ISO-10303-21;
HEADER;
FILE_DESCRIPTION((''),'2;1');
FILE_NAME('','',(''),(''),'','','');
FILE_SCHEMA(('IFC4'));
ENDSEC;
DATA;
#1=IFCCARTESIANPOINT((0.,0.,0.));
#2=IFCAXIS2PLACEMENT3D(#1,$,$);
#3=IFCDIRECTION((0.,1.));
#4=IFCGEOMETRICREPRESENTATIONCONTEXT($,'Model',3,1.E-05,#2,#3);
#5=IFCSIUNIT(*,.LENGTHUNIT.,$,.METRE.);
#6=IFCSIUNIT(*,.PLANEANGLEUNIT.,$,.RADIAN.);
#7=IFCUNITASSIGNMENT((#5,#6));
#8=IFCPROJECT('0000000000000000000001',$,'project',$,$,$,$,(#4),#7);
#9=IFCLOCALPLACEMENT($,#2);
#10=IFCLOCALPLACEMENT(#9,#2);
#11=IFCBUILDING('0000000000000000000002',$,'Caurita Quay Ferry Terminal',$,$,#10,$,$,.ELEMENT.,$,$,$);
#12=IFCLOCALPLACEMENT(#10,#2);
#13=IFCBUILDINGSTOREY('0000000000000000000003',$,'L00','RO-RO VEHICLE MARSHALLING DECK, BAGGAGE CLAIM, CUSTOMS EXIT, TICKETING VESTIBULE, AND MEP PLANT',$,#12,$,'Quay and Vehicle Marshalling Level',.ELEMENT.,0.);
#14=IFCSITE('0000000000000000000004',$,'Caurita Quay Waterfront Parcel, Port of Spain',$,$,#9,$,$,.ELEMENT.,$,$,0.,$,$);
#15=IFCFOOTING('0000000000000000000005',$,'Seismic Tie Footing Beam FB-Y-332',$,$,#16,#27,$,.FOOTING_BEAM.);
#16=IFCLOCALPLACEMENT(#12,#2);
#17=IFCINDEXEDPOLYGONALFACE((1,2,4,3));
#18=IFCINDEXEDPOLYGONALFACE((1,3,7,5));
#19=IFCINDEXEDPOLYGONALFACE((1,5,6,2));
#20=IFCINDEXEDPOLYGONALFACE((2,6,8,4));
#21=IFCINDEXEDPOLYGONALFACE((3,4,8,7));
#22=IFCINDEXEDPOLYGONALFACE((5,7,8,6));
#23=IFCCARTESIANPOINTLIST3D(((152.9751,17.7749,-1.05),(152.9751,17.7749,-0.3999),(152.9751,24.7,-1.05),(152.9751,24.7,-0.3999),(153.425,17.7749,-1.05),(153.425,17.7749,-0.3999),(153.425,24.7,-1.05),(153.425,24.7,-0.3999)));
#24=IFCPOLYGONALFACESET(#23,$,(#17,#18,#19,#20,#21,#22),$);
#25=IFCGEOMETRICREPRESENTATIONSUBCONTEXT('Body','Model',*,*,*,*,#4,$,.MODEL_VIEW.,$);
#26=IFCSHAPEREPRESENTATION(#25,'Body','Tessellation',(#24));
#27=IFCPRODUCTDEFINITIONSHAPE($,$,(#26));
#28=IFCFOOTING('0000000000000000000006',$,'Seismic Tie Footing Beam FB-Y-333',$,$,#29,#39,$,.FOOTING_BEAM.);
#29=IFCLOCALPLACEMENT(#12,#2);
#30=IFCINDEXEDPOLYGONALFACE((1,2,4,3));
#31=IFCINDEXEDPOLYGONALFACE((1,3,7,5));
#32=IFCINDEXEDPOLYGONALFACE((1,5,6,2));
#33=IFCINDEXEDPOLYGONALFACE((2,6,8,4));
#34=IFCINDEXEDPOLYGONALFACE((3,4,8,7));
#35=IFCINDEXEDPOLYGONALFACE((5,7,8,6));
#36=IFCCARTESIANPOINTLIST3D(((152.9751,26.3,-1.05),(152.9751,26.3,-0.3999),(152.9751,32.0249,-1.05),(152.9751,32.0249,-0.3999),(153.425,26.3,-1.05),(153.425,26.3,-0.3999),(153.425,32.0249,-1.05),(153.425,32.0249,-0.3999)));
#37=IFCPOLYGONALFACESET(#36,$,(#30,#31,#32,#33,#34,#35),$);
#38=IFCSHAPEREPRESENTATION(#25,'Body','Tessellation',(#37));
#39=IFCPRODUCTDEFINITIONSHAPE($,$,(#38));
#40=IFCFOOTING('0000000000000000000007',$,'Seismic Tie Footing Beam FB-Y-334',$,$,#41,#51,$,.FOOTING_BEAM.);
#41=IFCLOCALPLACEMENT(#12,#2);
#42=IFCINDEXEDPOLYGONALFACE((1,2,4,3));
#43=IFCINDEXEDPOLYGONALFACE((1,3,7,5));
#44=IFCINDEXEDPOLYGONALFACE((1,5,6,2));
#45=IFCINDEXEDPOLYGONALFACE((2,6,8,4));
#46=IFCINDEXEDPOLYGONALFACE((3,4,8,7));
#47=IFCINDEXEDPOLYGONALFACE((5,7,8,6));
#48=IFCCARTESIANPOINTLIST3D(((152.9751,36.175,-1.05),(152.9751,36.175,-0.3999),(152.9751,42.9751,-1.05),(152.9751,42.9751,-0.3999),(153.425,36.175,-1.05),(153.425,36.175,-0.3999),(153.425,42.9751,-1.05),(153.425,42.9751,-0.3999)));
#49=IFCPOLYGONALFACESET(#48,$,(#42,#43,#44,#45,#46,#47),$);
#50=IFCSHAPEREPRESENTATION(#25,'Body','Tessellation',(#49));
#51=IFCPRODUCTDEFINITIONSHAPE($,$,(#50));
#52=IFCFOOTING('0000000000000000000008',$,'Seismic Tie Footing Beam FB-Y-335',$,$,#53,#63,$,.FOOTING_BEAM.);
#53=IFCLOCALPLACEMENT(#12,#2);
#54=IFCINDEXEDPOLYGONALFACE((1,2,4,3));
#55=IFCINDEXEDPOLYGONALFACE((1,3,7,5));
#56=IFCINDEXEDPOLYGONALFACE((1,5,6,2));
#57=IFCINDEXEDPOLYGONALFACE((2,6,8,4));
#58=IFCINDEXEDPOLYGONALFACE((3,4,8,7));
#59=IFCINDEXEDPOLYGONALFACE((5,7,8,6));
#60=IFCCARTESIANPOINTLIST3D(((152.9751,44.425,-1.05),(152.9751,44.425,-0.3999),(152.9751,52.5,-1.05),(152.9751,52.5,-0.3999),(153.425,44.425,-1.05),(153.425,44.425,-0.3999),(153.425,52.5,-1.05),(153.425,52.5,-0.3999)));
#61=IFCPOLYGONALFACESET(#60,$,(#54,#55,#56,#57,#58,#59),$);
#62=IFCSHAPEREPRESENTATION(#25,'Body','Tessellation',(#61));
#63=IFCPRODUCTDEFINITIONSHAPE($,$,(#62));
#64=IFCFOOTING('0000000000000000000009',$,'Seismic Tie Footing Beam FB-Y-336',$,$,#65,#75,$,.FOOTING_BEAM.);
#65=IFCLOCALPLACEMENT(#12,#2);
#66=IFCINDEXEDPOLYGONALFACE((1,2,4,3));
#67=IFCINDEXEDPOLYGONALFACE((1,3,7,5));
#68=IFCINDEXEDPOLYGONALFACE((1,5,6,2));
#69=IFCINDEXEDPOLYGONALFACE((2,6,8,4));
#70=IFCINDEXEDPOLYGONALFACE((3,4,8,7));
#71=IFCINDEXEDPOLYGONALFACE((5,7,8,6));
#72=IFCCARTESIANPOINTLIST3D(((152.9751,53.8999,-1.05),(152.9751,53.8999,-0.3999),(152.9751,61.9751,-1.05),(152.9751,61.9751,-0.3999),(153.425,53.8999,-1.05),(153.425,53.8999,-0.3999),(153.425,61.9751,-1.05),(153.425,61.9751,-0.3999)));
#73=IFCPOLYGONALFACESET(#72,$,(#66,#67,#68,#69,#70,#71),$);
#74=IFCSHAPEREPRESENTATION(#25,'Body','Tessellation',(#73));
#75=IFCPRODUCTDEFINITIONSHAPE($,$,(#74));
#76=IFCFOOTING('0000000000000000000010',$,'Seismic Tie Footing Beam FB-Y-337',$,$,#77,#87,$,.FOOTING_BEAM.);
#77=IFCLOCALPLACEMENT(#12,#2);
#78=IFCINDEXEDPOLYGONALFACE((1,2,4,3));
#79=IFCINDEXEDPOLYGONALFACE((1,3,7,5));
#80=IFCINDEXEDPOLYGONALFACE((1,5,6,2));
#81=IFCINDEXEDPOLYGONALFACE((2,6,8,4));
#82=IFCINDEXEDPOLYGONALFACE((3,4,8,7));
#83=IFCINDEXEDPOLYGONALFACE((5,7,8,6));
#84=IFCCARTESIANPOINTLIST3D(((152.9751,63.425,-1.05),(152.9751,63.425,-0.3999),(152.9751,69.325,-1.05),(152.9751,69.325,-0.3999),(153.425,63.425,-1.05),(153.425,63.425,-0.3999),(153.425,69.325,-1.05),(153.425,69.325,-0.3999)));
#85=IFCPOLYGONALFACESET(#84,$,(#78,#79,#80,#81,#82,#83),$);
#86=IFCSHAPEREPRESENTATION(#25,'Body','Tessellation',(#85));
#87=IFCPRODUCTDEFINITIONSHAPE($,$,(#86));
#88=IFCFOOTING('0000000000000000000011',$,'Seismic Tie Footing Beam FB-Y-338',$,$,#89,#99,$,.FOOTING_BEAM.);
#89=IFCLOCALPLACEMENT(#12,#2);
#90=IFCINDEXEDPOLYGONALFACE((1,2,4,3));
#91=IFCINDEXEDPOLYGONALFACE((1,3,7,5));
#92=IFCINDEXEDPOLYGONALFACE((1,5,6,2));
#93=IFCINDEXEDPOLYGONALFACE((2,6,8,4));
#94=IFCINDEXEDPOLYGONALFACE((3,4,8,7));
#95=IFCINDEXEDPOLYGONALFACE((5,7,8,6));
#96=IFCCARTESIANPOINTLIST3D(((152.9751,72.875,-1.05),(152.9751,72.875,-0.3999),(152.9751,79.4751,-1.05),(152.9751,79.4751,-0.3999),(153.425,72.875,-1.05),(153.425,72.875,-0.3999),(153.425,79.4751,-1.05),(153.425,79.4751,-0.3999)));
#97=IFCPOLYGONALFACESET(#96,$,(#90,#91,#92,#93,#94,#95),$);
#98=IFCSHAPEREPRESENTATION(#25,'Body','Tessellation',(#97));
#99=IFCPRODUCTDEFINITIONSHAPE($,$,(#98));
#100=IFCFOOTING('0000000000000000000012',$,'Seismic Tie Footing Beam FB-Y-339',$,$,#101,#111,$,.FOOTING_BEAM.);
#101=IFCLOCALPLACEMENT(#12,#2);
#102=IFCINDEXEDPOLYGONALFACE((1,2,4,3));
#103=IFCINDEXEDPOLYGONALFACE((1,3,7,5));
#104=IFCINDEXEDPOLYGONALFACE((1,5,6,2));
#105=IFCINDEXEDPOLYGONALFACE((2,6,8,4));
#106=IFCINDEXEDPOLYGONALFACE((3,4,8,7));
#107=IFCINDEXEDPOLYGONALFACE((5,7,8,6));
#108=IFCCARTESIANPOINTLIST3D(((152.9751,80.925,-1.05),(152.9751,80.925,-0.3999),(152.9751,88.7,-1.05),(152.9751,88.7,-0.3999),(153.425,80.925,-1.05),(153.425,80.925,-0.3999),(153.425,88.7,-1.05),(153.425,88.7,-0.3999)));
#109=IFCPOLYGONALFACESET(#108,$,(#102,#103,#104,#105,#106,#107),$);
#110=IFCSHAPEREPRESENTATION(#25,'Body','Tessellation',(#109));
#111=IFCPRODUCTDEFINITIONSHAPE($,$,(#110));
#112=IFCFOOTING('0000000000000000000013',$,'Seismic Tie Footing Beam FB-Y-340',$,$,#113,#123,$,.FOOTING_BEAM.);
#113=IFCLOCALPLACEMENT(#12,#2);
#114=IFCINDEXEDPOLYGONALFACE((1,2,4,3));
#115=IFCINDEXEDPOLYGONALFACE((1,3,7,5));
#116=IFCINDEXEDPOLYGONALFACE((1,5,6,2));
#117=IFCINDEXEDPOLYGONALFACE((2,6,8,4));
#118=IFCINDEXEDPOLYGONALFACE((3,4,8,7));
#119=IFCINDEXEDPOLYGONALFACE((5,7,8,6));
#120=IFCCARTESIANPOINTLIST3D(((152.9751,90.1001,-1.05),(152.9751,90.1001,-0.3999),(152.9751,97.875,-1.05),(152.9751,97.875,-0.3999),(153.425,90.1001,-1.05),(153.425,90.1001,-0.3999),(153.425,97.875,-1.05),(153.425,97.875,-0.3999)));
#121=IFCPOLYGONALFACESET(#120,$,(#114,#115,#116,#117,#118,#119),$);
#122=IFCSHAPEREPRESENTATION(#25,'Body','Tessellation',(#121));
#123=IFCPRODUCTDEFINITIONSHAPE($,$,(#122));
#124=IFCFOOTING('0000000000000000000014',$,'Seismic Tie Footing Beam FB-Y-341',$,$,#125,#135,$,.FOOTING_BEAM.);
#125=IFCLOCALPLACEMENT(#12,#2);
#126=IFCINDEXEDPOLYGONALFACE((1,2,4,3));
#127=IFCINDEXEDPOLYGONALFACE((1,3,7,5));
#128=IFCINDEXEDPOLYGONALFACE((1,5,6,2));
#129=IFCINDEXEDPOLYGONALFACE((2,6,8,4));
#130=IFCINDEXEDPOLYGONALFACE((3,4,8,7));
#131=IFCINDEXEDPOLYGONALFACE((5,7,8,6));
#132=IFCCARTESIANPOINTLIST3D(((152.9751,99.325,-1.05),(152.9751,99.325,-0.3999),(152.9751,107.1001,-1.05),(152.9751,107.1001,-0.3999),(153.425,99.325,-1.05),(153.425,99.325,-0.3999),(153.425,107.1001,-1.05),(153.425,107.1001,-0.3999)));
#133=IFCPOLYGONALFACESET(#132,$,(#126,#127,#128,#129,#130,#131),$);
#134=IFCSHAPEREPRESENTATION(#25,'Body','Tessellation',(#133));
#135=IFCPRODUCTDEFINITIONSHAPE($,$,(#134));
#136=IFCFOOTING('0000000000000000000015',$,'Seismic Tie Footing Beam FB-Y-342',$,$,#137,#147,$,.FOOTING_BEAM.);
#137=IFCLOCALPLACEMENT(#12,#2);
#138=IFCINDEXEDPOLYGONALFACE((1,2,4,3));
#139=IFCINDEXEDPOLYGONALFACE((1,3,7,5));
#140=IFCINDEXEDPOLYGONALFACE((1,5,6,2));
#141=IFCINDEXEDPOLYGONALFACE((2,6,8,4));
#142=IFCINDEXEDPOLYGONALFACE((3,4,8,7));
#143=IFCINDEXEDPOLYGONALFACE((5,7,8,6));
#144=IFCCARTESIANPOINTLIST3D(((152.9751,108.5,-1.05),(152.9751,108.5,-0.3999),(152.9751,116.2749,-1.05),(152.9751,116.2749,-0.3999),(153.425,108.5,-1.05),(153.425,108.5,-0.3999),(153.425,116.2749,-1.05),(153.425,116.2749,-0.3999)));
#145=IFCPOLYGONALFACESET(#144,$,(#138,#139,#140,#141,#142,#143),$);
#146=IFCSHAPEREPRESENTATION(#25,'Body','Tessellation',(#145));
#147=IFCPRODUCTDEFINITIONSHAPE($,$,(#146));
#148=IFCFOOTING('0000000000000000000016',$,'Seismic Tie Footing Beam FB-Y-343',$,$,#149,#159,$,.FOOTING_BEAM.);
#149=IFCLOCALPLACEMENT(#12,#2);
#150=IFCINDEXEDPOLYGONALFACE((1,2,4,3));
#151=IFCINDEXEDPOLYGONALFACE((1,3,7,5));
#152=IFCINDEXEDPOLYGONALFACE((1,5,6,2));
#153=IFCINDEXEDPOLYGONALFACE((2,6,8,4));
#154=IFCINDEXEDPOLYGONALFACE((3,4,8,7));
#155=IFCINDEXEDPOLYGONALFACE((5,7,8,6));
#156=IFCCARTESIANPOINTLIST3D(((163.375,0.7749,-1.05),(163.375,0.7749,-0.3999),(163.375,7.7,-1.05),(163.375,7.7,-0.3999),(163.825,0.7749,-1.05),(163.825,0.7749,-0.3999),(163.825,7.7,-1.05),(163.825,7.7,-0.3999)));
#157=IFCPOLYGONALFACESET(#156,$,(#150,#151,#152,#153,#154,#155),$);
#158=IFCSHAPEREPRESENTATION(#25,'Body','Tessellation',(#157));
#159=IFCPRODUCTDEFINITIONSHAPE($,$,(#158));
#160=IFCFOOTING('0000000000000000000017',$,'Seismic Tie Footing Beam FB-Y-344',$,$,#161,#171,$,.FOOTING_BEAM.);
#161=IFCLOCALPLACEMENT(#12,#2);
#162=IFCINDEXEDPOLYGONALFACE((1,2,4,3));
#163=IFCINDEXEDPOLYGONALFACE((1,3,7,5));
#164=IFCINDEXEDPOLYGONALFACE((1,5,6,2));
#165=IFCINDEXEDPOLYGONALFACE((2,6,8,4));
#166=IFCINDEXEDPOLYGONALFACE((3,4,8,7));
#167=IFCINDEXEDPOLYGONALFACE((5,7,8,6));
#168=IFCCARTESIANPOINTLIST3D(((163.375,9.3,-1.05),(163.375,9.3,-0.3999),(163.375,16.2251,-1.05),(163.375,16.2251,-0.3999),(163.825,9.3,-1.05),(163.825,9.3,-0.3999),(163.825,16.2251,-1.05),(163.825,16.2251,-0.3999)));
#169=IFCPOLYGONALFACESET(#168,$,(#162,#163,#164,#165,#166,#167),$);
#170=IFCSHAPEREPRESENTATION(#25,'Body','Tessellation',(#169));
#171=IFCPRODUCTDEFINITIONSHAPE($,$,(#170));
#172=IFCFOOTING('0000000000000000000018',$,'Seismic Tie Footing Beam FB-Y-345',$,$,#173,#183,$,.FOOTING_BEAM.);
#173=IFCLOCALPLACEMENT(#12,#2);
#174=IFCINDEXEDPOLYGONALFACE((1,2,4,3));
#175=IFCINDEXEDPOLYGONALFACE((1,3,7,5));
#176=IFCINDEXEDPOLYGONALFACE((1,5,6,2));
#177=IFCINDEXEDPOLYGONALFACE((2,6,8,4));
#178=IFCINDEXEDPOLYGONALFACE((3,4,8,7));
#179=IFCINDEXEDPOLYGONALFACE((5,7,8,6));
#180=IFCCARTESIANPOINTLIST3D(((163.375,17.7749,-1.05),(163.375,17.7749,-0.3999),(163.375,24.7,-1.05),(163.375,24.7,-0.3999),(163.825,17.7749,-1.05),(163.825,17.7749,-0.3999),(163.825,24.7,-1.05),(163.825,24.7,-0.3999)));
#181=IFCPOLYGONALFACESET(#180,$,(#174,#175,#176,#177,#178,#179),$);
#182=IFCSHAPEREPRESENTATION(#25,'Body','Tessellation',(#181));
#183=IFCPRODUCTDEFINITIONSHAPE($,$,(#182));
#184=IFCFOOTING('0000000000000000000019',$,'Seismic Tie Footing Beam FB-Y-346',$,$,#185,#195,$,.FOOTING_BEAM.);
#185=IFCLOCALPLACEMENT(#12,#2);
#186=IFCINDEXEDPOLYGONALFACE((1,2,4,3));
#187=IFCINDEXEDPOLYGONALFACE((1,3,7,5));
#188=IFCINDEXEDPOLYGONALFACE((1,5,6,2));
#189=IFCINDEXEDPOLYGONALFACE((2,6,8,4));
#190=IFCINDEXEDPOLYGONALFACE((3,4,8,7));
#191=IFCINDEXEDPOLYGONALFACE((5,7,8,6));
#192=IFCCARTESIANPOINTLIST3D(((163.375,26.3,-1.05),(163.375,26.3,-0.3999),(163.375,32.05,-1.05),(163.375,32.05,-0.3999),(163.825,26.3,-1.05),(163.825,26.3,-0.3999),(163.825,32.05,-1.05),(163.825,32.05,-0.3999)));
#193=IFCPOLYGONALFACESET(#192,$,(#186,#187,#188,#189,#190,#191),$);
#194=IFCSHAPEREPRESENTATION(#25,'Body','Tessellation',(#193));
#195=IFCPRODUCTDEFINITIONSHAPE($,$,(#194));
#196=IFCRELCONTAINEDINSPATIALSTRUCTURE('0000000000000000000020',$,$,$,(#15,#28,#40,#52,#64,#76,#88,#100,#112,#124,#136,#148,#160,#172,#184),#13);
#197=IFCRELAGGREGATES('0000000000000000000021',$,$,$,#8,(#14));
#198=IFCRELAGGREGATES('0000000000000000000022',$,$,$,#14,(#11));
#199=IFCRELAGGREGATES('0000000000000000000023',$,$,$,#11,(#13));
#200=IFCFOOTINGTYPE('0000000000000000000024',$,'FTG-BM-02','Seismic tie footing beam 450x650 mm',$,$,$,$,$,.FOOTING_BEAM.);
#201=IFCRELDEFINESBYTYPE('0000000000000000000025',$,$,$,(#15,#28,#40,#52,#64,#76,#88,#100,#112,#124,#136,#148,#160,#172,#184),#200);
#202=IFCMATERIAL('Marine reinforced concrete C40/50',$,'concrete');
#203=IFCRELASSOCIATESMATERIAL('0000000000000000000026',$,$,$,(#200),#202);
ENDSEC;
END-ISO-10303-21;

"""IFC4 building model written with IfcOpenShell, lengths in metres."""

from ifc_helpers import new_model, si_unit, direction, frame, origin, place, context, subcontext, project, spatial, polyline, outline, extrude, material, type_object, element, save


model = new_model("IFC4")

# Units and contexts
model_context = context("Model", 3, precision=1e-05, world=origin(), true_north=direction((0.0, 1.0)))
body_context = subcontext(model_context, "Body", "Model", "MODEL_VIEW")
ifc_project = project(units=[si_unit("LENGTHUNIT", "METRE"), si_unit("PLANEANGLEUNIT", "RADIAN")], contexts=[model_context])

# Site, building, storey
site_placement = place(None, origin())
site = spatial("IfcSite", under=ifc_project, at=site_placement, Name="Caurita Quay Waterfront Parcel, Port of Spain", CompositionType="ELEMENT", RefElevation=0.0)
building_placement = place(site_placement, origin())
building = spatial("IfcBuilding", under=site, at=building_placement, Name="Caurita Quay Ferry Terminal", CompositionType="ELEMENT")
storey_placement = place(building_placement, origin())
storey = spatial("IfcBuildingStorey", under=building, at=storey_placement, Name="L00", Description="RO-RO VEHICLE MARSHALLING DECK, BAGGAGE CLAIM, CUSTOMS EXIT, TICKETING VESTIBULE, AND MEP PLANT", LongName="Quay and Vehicle Marshalling Level", CompositionType="ELEMENT", Elevation=0.0)

# Footings
ifc_material = material(Name="Marine reinforced concrete C40/50", Category="concrete")
footing_type = type_object("IfcFootingType", Name="FTG-BM-02", Description="Seismic tie footing beam 450x650 mm", PredefinedType="FOOTING_BEAM", material=ifc_material)
footing_1_placement = place(storey_placement, frame((0.0, 0.0, -1.05)))
element("IfcFooting", 1, at=footing_1_placement, inside=storey, type_object=footing_type, Name="Seismic Tie Footing Beam FB-Y-332", PredefinedType="FOOTING_BEAM", context=body_context, shape_type="SweptSolid", body=[
    extrude(outline(polyline([(152.9751, 17.7749), (153.425, 17.7749), (153.425, 24.7), (152.9751, 24.7), (152.9751, 17.7749)])), origin(), (0.0, 0.0, 1.0), 0.6501),
])
footing_2_placement = place(storey_placement, frame((0.0, 0.0, -1.05)))
element("IfcFooting", 2, at=footing_2_placement, inside=storey, type_object=footing_type, Name="Seismic Tie Footing Beam FB-Y-333", PredefinedType="FOOTING_BEAM", context=body_context, shape_type="SweptSolid", body=[
    extrude(outline(polyline([(152.9751, 26.3), (153.425, 26.3), (153.425, 32.0249), (152.9751, 32.0249), (152.9751, 26.3)])), origin(), (0.0, 0.0, 1.0), 0.6501),
])
footing_3_placement = place(storey_placement, frame((0.0, 0.0, -1.05)))
element("IfcFooting", 3, at=footing_3_placement, inside=storey, type_object=footing_type, Name="Seismic Tie Footing Beam FB-Y-334", PredefinedType="FOOTING_BEAM", context=body_context, shape_type="SweptSolid", body=[
    extrude(outline(polyline([(152.9751, 36.175), (153.425, 36.175), (153.425, 42.9751), (152.9751, 42.9751), (152.9751, 36.175)])), origin(), (0.0, 0.0, 1.0), 0.6501),
])
footing_4_placement = place(storey_placement, frame((0.0, 0.0, -1.05)))
element("IfcFooting", 4, at=footing_4_placement, inside=storey, type_object=footing_type, Name="Seismic Tie Footing Beam FB-Y-335", PredefinedType="FOOTING_BEAM", context=body_context, shape_type="SweptSolid", body=[
    extrude(outline(polyline([(152.9751, 44.425), (153.425, 44.425), (153.425, 52.5), (152.9751, 52.5), (152.9751, 44.425)])), origin(), (0.0, 0.0, 1.0), 0.6501),
])
footing_5_placement = place(storey_placement, frame((0.0, 0.0, -1.05)))
element("IfcFooting", 5, at=footing_5_placement, inside=storey, type_object=footing_type, Name="Seismic Tie Footing Beam FB-Y-336", PredefinedType="FOOTING_BEAM", context=body_context, shape_type="SweptSolid", body=[
    extrude(outline(polyline([(152.9751, 53.8999), (153.425, 53.8999), (153.425, 61.9751), (152.9751, 61.9751), (152.9751, 53.8999)])), origin(), (0.0, 0.0, 1.0), 0.6501),
])
footing_6_placement = place(storey_placement, frame((0.0, 0.0, -1.05)))
element("IfcFooting", 6, at=footing_6_placement, inside=storey, type_object=footing_type, Name="Seismic Tie Footing Beam FB-Y-337", PredefinedType="FOOTING_BEAM", context=body_context, shape_type="SweptSolid", body=[
    extrude(outline(polyline([(152.9751, 63.425), (153.425, 63.425), (153.425, 69.325), (152.9751, 69.325), (152.9751, 63.425)])), origin(), (0.0, 0.0, 1.0), 0.6501),
])
footing_7_placement = place(storey_placement, frame((0.0, 0.0, -1.05)))
element("IfcFooting", 7, at=footing_7_placement, inside=storey, type_object=footing_type, Name="Seismic Tie Footing Beam FB-Y-338", PredefinedType="FOOTING_BEAM", context=body_context, shape_type="SweptSolid", body=[
    extrude(outline(polyline([(152.9751, 72.875), (153.425, 72.875), (153.425, 79.4751), (152.9751, 79.4751), (152.9751, 72.875)])), origin(), (0.0, 0.0, 1.0), 0.6501),
])
footing_8_placement = place(storey_placement, frame((0.0, 0.0, -1.05)))
element("IfcFooting", 8, at=footing_8_placement, inside=storey, type_object=footing_type, Name="Seismic Tie Footing Beam FB-Y-339", PredefinedType="FOOTING_BEAM", context=body_context, shape_type="SweptSolid", body=[
    extrude(outline(polyline([(152.9751, 80.925), (153.425, 80.925), (153.425, 88.7), (152.9751, 88.7), (152.9751, 80.925)])), origin(), (0.0, 0.0, 1.0), 0.6501),
])
footing_9_placement = place(storey_placement, frame((0.0, 0.0, -1.05)))
element("IfcFooting", 9, at=footing_9_placement, inside=storey, type_object=footing_type, Name="Seismic Tie Footing Beam FB-Y-340", PredefinedType="FOOTING_BEAM", context=body_context, shape_type="SweptSolid", body=[
    extrude(outline(polyline([(152.9751, 90.1001), (153.425, 90.1001), (153.425, 97.875), (152.9751, 97.875), (152.9751, 90.1001)])), origin(), (0.0, 0.0, 1.0), 0.6501),
])
footing_10_placement = place(storey_placement, frame((0.0, 0.0, -1.05)))
element("IfcFooting", 10, at=footing_10_placement, inside=storey, type_object=footing_type, Name="Seismic Tie Footing Beam FB-Y-341", PredefinedType="FOOTING_BEAM", context=body_context, shape_type="SweptSolid", body=[
    extrude(outline(polyline([(152.9751, 99.325), (153.425, 99.325), (153.425, 107.1001), (152.9751, 107.1001), (152.9751, 99.325)])), origin(), (0.0, 0.0, 1.0), 0.6501),
])
footing_11_placement = place(storey_placement, frame((0.0, 0.0, -1.05)))
element("IfcFooting", 11, at=footing_11_placement, inside=storey, type_object=footing_type, Name="Seismic Tie Footing Beam FB-Y-342", PredefinedType="FOOTING_BEAM", context=body_context, shape_type="SweptSolid", body=[
    extrude(outline(polyline([(152.9751, 108.5), (153.425, 108.5), (153.425, 116.2749), (152.9751, 116.2749), (152.9751, 108.5)])), origin(), (0.0, 0.0, 1.0), 0.6501),
])
footing_12_placement = place(storey_placement, frame((0.0, 0.0, -1.05)))
element("IfcFooting", 12, at=footing_12_placement, inside=storey, type_object=footing_type, Name="Seismic Tie Footing Beam FB-Y-343", PredefinedType="FOOTING_BEAM", context=body_context, shape_type="SweptSolid", body=[
    extrude(outline(polyline([(163.375, 0.7749), (163.825, 0.7749), (163.825, 7.7), (163.375, 7.7), (163.375, 0.7749)])), origin(), (0.0, 0.0, 1.0), 0.6501),
])
footing_13_placement = place(storey_placement, frame((0.0, 0.0, -1.05)))
element("IfcFooting", 13, at=footing_13_placement, inside=storey, type_object=footing_type, Name="Seismic Tie Footing Beam FB-Y-344", PredefinedType="FOOTING_BEAM", context=body_context, shape_type="SweptSolid", body=[
    extrude(outline(polyline([(163.375, 9.3), (163.825, 9.3), (163.825, 16.2251), (163.375, 16.2251), (163.375, 9.3)])), origin(), (0.0, 0.0, 1.0), 0.6501),
])
footing_14_placement = place(storey_placement, frame((0.0, 0.0, -1.05)))
element("IfcFooting", 14, at=footing_14_placement, inside=storey, type_object=footing_type, Name="Seismic Tie Footing Beam FB-Y-345", PredefinedType="FOOTING_BEAM", context=body_context, shape_type="SweptSolid", body=[
    extrude(outline(polyline([(163.375, 17.7749), (163.825, 17.7749), (163.825, 24.7), (163.375, 24.7), (163.375, 17.7749)])), origin(), (0.0, 0.0, 1.0), 0.6501),
])
footing_15_placement = place(storey_placement, frame((0.0, 0.0, -1.05)))
element("IfcFooting", 15, at=footing_15_placement, inside=storey, type_object=footing_type, Name="Seismic Tie Footing Beam FB-Y-346", PredefinedType="FOOTING_BEAM", context=body_context, shape_type="SweptSolid", body=[
    extrude(outline(polyline([(163.375, 26.3), (163.825, 26.3), (163.825, 32.05), (163.375, 32.05), (163.375, 26.3)])), origin(), (0.0, 0.0, 1.0), 0.6501),
])

save(model, "model.ifc")
